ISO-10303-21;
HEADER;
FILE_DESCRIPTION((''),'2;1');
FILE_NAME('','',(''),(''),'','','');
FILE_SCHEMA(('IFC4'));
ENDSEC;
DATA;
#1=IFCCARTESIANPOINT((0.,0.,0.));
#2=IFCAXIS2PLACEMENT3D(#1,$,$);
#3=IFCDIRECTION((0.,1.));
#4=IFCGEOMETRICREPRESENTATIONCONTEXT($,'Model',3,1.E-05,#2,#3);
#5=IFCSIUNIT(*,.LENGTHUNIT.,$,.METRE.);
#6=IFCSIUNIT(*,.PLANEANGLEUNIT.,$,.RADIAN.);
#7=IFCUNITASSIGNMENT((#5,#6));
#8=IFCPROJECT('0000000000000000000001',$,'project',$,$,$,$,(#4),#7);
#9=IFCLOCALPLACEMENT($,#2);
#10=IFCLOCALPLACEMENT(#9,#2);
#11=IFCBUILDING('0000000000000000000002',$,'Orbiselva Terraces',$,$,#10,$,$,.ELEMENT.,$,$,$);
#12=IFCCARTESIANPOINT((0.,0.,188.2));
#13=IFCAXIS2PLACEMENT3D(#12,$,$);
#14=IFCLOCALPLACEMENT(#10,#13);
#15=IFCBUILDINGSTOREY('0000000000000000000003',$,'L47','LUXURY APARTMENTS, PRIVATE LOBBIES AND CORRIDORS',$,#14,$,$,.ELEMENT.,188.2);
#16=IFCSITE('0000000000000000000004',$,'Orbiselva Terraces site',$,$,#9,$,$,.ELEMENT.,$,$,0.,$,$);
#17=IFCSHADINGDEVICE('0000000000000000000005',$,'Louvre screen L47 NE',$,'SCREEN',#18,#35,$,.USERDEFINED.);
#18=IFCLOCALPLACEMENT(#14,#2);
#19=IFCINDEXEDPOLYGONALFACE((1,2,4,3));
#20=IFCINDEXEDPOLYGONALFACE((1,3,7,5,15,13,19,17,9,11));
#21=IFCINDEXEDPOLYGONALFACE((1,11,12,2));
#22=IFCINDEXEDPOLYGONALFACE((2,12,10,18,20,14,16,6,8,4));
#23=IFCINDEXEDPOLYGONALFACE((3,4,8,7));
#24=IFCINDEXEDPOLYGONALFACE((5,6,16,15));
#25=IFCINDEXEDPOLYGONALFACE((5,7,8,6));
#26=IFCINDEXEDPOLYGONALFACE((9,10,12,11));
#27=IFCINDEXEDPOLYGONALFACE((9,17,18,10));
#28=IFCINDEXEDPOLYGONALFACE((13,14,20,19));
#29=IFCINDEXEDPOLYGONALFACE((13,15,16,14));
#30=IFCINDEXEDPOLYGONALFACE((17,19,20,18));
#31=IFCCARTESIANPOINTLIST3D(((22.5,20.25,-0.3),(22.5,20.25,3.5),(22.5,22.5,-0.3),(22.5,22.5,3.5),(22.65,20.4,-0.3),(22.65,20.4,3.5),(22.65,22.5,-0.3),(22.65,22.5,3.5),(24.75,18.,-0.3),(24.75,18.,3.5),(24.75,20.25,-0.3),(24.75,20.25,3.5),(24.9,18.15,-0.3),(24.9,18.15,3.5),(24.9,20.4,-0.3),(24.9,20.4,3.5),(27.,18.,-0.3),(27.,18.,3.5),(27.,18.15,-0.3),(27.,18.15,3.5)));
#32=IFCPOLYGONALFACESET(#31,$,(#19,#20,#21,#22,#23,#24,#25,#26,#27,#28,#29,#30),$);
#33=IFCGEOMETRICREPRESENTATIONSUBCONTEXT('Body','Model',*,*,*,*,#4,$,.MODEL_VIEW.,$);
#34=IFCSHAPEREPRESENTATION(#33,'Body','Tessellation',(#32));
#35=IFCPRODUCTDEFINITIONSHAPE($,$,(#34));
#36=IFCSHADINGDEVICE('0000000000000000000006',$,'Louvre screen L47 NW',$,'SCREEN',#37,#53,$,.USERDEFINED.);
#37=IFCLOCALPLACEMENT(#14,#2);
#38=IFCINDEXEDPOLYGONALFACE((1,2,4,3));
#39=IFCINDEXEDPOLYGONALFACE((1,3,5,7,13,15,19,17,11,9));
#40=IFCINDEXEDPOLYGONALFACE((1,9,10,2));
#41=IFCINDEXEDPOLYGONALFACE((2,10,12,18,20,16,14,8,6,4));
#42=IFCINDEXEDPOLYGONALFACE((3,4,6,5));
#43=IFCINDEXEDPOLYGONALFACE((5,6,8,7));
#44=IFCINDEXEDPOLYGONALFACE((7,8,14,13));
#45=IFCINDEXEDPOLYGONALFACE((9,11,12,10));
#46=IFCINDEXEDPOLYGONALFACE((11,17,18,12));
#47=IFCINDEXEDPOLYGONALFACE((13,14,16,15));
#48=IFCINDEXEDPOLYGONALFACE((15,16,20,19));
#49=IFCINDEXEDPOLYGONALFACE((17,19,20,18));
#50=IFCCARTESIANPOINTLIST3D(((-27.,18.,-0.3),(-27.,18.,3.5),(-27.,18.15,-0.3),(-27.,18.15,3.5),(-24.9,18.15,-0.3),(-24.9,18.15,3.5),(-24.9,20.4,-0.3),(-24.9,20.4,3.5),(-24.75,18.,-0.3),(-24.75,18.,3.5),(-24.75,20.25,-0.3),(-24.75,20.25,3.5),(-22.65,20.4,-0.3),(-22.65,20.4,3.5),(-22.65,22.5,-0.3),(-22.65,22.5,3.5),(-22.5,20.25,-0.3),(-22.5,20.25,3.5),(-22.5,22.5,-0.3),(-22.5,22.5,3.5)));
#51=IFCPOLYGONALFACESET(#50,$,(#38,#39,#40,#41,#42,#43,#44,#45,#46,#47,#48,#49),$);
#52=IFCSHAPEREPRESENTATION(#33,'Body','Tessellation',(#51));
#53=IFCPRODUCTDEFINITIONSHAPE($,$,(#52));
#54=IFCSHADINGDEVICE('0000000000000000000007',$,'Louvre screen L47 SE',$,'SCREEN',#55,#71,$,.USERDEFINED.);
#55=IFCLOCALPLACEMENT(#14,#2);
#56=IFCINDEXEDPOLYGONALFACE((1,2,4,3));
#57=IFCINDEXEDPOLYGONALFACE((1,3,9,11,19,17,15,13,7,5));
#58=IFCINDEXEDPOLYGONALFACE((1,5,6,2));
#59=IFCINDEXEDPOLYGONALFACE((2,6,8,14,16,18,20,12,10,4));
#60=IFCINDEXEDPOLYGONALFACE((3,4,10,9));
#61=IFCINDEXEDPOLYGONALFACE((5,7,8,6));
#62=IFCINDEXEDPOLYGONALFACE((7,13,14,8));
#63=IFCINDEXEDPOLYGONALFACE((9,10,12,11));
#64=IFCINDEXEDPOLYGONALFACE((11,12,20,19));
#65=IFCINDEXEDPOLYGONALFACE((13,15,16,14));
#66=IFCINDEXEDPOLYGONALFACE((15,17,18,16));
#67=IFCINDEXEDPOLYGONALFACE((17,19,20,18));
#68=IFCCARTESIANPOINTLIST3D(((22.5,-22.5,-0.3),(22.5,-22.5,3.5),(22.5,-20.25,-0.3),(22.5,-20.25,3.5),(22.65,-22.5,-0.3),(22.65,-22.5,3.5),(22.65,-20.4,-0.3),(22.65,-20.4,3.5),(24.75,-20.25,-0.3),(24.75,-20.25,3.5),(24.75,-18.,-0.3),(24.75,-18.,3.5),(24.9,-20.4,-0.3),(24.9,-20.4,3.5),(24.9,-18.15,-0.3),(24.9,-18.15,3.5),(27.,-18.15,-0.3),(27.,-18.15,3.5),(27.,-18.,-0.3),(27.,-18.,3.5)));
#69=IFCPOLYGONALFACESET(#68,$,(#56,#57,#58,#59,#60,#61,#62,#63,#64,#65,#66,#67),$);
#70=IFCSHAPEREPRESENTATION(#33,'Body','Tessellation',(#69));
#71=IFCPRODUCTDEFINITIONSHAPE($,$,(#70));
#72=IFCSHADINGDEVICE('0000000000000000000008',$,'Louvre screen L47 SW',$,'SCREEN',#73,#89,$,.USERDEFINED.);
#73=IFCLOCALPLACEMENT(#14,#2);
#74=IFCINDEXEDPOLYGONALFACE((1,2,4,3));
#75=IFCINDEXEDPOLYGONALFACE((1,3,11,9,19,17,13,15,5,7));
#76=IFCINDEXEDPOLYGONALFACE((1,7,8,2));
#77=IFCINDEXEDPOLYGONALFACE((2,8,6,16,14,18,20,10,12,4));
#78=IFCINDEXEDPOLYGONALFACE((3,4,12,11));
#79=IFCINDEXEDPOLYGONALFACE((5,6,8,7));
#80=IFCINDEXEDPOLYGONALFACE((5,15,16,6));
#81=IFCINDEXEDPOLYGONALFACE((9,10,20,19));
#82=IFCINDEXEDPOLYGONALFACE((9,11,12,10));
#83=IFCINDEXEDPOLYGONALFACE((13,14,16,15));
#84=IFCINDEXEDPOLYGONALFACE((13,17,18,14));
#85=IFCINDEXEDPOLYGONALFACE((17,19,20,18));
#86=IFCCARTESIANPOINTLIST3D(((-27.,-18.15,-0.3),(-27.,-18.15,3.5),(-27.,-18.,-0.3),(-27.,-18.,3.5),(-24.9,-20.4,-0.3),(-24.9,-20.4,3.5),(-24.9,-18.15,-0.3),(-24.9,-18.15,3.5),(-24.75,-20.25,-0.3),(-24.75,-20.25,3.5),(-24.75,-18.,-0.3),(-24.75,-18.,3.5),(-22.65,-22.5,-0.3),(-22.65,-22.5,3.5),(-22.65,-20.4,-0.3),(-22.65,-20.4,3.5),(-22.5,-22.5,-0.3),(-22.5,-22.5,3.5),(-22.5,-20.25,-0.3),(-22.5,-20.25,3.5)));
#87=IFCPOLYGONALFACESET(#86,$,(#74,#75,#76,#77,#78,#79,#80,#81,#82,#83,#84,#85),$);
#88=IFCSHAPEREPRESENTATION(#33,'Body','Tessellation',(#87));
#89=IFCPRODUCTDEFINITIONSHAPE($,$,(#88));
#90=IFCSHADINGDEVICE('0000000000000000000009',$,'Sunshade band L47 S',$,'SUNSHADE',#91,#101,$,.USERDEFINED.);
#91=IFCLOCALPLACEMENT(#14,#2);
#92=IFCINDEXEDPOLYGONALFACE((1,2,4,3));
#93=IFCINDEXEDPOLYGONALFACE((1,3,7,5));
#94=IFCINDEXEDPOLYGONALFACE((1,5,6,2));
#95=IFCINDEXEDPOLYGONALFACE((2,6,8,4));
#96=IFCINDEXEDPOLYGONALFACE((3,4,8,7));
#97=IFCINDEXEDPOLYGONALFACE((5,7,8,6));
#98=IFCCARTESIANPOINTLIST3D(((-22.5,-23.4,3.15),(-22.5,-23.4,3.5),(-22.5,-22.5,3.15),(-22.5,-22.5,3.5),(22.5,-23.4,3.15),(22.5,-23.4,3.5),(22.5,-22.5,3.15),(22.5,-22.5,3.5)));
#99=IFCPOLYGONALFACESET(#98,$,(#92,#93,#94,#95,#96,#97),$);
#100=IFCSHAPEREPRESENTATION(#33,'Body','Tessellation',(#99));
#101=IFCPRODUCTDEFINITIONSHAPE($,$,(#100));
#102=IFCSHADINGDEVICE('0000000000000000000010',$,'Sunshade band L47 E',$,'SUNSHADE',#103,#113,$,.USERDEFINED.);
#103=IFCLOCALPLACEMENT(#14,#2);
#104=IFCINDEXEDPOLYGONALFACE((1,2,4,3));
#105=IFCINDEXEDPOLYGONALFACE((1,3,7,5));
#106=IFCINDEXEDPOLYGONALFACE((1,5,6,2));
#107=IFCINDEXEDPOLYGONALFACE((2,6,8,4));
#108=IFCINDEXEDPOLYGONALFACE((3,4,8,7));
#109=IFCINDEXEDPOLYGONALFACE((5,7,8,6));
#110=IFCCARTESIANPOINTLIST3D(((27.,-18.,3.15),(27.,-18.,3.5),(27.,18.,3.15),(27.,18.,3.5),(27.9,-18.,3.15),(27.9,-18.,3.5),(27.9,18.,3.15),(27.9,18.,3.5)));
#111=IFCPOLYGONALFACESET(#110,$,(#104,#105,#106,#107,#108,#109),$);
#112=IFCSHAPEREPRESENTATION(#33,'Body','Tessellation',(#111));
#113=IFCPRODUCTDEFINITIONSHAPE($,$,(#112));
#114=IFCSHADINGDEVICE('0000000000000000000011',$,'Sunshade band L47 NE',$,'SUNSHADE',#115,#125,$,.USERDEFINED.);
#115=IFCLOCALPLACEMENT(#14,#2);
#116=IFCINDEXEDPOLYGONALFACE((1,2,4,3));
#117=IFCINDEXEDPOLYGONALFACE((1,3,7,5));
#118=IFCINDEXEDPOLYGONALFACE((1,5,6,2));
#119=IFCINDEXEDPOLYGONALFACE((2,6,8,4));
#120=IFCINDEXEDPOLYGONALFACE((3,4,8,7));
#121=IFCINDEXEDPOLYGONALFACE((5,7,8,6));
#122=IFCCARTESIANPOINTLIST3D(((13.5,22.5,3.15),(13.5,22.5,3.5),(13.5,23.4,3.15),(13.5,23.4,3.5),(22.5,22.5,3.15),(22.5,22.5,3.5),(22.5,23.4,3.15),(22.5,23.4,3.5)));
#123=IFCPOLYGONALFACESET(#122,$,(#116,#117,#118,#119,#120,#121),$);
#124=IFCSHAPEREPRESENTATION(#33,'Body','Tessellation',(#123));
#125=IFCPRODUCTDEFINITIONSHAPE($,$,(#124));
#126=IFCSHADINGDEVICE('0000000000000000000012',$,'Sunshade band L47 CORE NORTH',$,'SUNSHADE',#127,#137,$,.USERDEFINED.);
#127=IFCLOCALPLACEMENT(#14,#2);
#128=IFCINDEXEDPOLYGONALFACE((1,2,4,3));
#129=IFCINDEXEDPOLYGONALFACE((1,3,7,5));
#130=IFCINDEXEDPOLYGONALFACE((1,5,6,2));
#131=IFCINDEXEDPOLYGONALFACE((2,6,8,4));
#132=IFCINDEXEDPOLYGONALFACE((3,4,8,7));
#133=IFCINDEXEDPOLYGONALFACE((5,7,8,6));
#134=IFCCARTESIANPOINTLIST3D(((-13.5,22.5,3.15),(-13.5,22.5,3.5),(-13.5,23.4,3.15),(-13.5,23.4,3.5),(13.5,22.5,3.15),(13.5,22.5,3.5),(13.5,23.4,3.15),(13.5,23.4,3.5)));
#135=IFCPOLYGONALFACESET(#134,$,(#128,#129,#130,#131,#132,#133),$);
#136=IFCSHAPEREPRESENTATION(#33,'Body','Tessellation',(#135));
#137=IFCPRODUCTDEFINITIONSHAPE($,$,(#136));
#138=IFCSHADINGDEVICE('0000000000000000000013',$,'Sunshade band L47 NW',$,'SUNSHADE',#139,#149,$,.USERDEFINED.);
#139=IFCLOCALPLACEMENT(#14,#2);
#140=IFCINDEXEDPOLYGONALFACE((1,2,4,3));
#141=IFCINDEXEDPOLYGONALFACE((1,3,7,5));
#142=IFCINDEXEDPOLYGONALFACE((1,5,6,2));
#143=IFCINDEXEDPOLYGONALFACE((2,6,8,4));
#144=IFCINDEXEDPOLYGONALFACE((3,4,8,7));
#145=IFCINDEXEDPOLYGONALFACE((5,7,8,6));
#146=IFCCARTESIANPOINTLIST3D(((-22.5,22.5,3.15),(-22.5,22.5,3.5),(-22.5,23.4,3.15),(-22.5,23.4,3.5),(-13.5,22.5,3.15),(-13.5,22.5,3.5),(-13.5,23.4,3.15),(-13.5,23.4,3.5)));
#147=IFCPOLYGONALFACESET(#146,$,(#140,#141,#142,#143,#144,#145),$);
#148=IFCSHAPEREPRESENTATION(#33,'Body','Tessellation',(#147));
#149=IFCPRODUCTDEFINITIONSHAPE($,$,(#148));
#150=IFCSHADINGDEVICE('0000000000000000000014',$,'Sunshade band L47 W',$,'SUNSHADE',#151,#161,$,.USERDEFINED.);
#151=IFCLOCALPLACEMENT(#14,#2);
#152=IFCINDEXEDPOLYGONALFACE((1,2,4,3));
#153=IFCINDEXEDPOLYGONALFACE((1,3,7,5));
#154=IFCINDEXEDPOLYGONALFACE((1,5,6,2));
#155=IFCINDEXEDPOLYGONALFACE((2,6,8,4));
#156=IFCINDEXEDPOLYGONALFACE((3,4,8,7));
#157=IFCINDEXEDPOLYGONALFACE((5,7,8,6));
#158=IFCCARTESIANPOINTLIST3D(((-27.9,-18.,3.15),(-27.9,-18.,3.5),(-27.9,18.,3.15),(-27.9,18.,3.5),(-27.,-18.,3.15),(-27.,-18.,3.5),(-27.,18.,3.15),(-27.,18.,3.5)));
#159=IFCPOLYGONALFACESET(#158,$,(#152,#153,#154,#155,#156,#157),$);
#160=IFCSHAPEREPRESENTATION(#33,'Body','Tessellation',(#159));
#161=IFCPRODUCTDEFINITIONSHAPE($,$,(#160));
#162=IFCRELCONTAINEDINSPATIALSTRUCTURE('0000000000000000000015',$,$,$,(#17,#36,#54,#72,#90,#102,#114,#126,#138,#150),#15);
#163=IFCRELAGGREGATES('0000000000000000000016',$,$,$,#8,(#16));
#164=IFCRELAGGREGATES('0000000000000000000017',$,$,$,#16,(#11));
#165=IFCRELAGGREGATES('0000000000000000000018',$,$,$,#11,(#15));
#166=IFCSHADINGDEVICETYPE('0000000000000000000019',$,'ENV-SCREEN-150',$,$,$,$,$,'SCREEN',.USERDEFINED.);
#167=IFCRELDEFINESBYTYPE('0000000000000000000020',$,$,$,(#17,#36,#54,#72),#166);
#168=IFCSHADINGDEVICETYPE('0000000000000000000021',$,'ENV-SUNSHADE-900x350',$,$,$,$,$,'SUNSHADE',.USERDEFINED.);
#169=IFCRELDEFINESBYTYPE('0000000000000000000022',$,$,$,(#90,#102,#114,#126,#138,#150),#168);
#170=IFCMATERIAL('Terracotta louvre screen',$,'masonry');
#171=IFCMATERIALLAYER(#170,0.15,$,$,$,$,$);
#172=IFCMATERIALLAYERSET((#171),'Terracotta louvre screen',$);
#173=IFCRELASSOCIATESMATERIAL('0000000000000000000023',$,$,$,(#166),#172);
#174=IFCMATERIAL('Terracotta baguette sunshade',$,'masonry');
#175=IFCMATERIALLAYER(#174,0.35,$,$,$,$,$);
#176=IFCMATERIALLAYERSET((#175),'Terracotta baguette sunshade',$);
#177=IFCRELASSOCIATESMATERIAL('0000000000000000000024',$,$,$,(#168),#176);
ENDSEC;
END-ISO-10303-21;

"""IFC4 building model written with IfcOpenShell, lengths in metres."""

from ifc_helpers import new_model, si_unit, direction, frame, origin, place, context, subcontext, project, spatial, polyline, outline, extrude, material, layer, layer_set, type_object, element, save


model = new_model("IFC4")

# Units and contexts
model_context = context("Model", 3, precision=1e-05, world=origin(), true_north=direction((0.0, 1.0)))
body_context = subcontext(model_context, "Body", "Model", "MODEL_VIEW")
ifc_project = project(units=[si_unit("LENGTHUNIT", "METRE"), si_unit("PLANEANGLEUNIT", "RADIAN")], contexts=[model_context])

# Site, building, storey
site_placement = place(None, origin())
site = spatial("IfcSite", under=ifc_project, at=site_placement, Name="Orbiselva Terraces site", CompositionType="ELEMENT", RefElevation=0.0)
building_placement = place(site_placement, origin())
building = spatial("IfcBuilding", under=site, at=building_placement, Name="Orbiselva Terraces", CompositionType="ELEMENT")
storey_placement = place(building_placement, frame((0.0, 0.0, 188.2)))
storey = spatial("IfcBuildingStorey", under=building, at=storey_placement, Name="L47", Description="LUXURY APARTMENTS, PRIVATE LOBBIES AND CORRIDORS", CompositionType="ELEMENT", Elevation=188.2)

# Shading devices
ifc_material_1 = material(Name="Terracotta louvre screen", Category="masonry")
ifc_layer_1 = layer(ifc_material_1, 0.15)
ifc_layer_set_1 = layer_set([ifc_layer_1], Name="Terracotta louvre screen")
shading_device_type_1 = type_object("IfcShadingDeviceType", Name="ENV-SCREEN-150", ElementType="SCREEN", PredefinedType="USERDEFINED", material=ifc_layer_set_1)
shading_device_1_placement = place(storey_placement, frame((0.0, 0.0, -0.3)))
element("IfcShadingDevice", 1, at=shading_device_1_placement, inside=storey, type_object=shading_device_type_1, Name="Louvre screen L47 NE", ObjectType="SCREEN", PredefinedType="USERDEFINED", context=body_context, shape_type="SweptSolid", body=[
    extrude(outline(polyline([(27.0, 18.15), (24.9, 18.15), (24.9, 20.4), (22.65, 20.4), (22.65, 22.5), (22.5, 22.5), (22.5, 20.25), (24.75, 20.25), (24.75, 18.0), (27.0, 18.0), (27.0, 18.15)])), origin(), (0.0, 0.0, 1.0), 3.8),
])
shading_device_2_placement = place(storey_placement, frame((0.0, 0.0, -0.3)))
element("IfcShadingDevice", 2, at=shading_device_2_placement, inside=storey, type_object=shading_device_type_1, Name="Louvre screen L47 NW", ObjectType="SCREEN", PredefinedType="USERDEFINED", context=body_context, shape_type="SweptSolid", body=[
    extrude(outline(polyline([(-22.65, 22.5), (-22.65, 20.4), (-24.9, 20.4), (-24.9, 18.15), (-27.0, 18.15), (-27.0, 18.0), (-24.75, 18.0), (-24.75, 20.25), (-22.5, 20.25), (-22.5, 22.5), (-22.65, 22.5)])), origin(), (0.0, 0.0, 1.0), 3.8),
])
shading_device_3_placement = place(storey_placement, frame((0.0, 0.0, -0.3)))
element("IfcShadingDevice", 3, at=shading_device_3_placement, inside=storey, type_object=shading_device_type_1, Name="Louvre screen L47 SE", ObjectType="SCREEN", PredefinedType="USERDEFINED", context=body_context, shape_type="SweptSolid", body=[
    extrude(outline(polyline([(22.65, -22.5), (22.65, -20.4), (24.9, -20.4), (24.9, -18.15), (27.0, -18.15), (27.0, -18.0), (24.75, -18.0), (24.75, -20.25), (22.5, -20.25), (22.5, -22.5), (22.65, -22.5)])), origin(), (0.0, 0.0, 1.0), 3.8),
])
shading_device_4_placement = place(storey_placement, frame((0.0, 0.0, -0.3)))
element("IfcShadingDevice", 4, at=shading_device_4_placement, inside=storey, type_object=shading_device_type_1, Name="Louvre screen L47 SW", ObjectType="SCREEN", PredefinedType="USERDEFINED", context=body_context, shape_type="SweptSolid", body=[
    extrude(outline(polyline([(-27.0, -18.15), (-24.9, -18.15), (-24.9, -20.4), (-22.65, -20.4), (-22.65, -22.5), (-22.5, -22.5), (-22.5, -20.25), (-24.75, -20.25), (-24.75, -18.0), (-27.0, -18.0), (-27.0, -18.15)])), origin(), (0.0, 0.0, 1.0), 3.8),
])
ifc_material_2 = material(Name="Terracotta baguette sunshade", Category="masonry")
ifc_layer_2 = layer(ifc_material_2, 0.35)
ifc_layer_set_2 = layer_set([ifc_layer_2], Name="Terracotta baguette sunshade")
shading_device_type_2 = type_object("IfcShadingDeviceType", Name="ENV-SUNSHADE-900x350", ElementType="SUNSHADE", PredefinedType="USERDEFINED", material=ifc_layer_set_2)
shading_device_5_placement = place(storey_placement, frame((0.0, 0.0, 3.15)))
element("IfcShadingDevice", 5, at=shading_device_5_placement, inside=storey, type_object=shading_device_type_2, Name="Sunshade band L47 S", ObjectType="SUNSHADE", PredefinedType="USERDEFINED", context=body_context, shape_type="SweptSolid", body=[
    extrude(outline(polyline([(-22.5, -23.4), (22.5, -23.4), (22.5, -22.5), (-22.5, -22.5), (-22.5, -23.4)])), origin(), (0.0, 0.0, 1.0), 0.35),
])
shading_device_6_placement = place(storey_placement, frame((0.0, 0.0, 3.15)))
element("IfcShadingDevice", 6, at=shading_device_6_placement, inside=storey, type_object=shading_device_type_2, Name="Sunshade band L47 E", ObjectType="SUNSHADE", PredefinedType="USERDEFINED", context=body_context, shape_type="SweptSolid", body=[
    extrude(outline(polyline([(27.9, -18.0), (27.9, 18.0), (27.0, 18.0), (27.0, -18.0), (27.9, -18.0)])), origin(), (0.0, 0.0, 1.0), 0.35),
])
shading_device_7_placement = place(storey_placement, frame((0.0, 0.0, 3.15)))
element("IfcShadingDevice", 7, at=shading_device_7_placement, inside=storey, type_object=shading_device_type_2, Name="Sunshade band L47 NE", ObjectType="SUNSHADE", PredefinedType="USERDEFINED", context=body_context, shape_type="SweptSolid", body=[
    extrude(outline(polyline([(22.5, 23.4), (13.5, 23.4), (13.5, 22.5), (22.5, 22.5), (22.5, 23.4)])), origin(), (0.0, 0.0, 1.0), 0.35),
])
shading_device_8_placement = place(storey_placement, frame((0.0, 0.0, 3.15)))
element("IfcShadingDevice", 8, at=shading_device_8_placement, inside=storey, type_object=shading_device_type_2, Name="Sunshade band L47 CORE NORTH", ObjectType="SUNSHADE", PredefinedType="USERDEFINED", context=body_context, shape_type="SweptSolid", body=[
    extrude(outline(polyline([(13.5, 23.4), (-13.5, 23.4), (-13.5, 22.5), (13.5, 22.5), (13.5, 23.4)])), origin(), (0.0, 0.0, 1.0), 0.35),
])
shading_device_9_placement = place(storey_placement, frame((0.0, 0.0, 3.15)))
element("IfcShadingDevice", 9, at=shading_device_9_placement, inside=storey, type_object=shading_device_type_2, Name="Sunshade band L47 NW", ObjectType="SUNSHADE", PredefinedType="USERDEFINED", context=body_context, shape_type="SweptSolid", body=[
    extrude(outline(polyline([(-13.5, 23.4), (-22.5, 23.4), (-22.5, 22.5), (-13.5, 22.5), (-13.5, 23.4)])), origin(), (0.0, 0.0, 1.0), 0.35),
])
shading_device_10_placement = place(storey_placement, frame((0.0, 0.0, 3.15)))
element("IfcShadingDevice", 10, at=shading_device_10_placement, inside=storey, type_object=shading_device_type_2, Name="Sunshade band L47 W", ObjectType="SUNSHADE", PredefinedType="USERDEFINED", context=body_context, shape_type="SweptSolid", body=[
    extrude(outline(polyline([(-27.9, 18.0), (-27.9, -18.0), (-27.0, -18.0), (-27.0, 18.0), (-27.9, 18.0)])), origin(), (0.0, 0.0, 1.0), 0.35),
])

save(model, "model.ifc")
